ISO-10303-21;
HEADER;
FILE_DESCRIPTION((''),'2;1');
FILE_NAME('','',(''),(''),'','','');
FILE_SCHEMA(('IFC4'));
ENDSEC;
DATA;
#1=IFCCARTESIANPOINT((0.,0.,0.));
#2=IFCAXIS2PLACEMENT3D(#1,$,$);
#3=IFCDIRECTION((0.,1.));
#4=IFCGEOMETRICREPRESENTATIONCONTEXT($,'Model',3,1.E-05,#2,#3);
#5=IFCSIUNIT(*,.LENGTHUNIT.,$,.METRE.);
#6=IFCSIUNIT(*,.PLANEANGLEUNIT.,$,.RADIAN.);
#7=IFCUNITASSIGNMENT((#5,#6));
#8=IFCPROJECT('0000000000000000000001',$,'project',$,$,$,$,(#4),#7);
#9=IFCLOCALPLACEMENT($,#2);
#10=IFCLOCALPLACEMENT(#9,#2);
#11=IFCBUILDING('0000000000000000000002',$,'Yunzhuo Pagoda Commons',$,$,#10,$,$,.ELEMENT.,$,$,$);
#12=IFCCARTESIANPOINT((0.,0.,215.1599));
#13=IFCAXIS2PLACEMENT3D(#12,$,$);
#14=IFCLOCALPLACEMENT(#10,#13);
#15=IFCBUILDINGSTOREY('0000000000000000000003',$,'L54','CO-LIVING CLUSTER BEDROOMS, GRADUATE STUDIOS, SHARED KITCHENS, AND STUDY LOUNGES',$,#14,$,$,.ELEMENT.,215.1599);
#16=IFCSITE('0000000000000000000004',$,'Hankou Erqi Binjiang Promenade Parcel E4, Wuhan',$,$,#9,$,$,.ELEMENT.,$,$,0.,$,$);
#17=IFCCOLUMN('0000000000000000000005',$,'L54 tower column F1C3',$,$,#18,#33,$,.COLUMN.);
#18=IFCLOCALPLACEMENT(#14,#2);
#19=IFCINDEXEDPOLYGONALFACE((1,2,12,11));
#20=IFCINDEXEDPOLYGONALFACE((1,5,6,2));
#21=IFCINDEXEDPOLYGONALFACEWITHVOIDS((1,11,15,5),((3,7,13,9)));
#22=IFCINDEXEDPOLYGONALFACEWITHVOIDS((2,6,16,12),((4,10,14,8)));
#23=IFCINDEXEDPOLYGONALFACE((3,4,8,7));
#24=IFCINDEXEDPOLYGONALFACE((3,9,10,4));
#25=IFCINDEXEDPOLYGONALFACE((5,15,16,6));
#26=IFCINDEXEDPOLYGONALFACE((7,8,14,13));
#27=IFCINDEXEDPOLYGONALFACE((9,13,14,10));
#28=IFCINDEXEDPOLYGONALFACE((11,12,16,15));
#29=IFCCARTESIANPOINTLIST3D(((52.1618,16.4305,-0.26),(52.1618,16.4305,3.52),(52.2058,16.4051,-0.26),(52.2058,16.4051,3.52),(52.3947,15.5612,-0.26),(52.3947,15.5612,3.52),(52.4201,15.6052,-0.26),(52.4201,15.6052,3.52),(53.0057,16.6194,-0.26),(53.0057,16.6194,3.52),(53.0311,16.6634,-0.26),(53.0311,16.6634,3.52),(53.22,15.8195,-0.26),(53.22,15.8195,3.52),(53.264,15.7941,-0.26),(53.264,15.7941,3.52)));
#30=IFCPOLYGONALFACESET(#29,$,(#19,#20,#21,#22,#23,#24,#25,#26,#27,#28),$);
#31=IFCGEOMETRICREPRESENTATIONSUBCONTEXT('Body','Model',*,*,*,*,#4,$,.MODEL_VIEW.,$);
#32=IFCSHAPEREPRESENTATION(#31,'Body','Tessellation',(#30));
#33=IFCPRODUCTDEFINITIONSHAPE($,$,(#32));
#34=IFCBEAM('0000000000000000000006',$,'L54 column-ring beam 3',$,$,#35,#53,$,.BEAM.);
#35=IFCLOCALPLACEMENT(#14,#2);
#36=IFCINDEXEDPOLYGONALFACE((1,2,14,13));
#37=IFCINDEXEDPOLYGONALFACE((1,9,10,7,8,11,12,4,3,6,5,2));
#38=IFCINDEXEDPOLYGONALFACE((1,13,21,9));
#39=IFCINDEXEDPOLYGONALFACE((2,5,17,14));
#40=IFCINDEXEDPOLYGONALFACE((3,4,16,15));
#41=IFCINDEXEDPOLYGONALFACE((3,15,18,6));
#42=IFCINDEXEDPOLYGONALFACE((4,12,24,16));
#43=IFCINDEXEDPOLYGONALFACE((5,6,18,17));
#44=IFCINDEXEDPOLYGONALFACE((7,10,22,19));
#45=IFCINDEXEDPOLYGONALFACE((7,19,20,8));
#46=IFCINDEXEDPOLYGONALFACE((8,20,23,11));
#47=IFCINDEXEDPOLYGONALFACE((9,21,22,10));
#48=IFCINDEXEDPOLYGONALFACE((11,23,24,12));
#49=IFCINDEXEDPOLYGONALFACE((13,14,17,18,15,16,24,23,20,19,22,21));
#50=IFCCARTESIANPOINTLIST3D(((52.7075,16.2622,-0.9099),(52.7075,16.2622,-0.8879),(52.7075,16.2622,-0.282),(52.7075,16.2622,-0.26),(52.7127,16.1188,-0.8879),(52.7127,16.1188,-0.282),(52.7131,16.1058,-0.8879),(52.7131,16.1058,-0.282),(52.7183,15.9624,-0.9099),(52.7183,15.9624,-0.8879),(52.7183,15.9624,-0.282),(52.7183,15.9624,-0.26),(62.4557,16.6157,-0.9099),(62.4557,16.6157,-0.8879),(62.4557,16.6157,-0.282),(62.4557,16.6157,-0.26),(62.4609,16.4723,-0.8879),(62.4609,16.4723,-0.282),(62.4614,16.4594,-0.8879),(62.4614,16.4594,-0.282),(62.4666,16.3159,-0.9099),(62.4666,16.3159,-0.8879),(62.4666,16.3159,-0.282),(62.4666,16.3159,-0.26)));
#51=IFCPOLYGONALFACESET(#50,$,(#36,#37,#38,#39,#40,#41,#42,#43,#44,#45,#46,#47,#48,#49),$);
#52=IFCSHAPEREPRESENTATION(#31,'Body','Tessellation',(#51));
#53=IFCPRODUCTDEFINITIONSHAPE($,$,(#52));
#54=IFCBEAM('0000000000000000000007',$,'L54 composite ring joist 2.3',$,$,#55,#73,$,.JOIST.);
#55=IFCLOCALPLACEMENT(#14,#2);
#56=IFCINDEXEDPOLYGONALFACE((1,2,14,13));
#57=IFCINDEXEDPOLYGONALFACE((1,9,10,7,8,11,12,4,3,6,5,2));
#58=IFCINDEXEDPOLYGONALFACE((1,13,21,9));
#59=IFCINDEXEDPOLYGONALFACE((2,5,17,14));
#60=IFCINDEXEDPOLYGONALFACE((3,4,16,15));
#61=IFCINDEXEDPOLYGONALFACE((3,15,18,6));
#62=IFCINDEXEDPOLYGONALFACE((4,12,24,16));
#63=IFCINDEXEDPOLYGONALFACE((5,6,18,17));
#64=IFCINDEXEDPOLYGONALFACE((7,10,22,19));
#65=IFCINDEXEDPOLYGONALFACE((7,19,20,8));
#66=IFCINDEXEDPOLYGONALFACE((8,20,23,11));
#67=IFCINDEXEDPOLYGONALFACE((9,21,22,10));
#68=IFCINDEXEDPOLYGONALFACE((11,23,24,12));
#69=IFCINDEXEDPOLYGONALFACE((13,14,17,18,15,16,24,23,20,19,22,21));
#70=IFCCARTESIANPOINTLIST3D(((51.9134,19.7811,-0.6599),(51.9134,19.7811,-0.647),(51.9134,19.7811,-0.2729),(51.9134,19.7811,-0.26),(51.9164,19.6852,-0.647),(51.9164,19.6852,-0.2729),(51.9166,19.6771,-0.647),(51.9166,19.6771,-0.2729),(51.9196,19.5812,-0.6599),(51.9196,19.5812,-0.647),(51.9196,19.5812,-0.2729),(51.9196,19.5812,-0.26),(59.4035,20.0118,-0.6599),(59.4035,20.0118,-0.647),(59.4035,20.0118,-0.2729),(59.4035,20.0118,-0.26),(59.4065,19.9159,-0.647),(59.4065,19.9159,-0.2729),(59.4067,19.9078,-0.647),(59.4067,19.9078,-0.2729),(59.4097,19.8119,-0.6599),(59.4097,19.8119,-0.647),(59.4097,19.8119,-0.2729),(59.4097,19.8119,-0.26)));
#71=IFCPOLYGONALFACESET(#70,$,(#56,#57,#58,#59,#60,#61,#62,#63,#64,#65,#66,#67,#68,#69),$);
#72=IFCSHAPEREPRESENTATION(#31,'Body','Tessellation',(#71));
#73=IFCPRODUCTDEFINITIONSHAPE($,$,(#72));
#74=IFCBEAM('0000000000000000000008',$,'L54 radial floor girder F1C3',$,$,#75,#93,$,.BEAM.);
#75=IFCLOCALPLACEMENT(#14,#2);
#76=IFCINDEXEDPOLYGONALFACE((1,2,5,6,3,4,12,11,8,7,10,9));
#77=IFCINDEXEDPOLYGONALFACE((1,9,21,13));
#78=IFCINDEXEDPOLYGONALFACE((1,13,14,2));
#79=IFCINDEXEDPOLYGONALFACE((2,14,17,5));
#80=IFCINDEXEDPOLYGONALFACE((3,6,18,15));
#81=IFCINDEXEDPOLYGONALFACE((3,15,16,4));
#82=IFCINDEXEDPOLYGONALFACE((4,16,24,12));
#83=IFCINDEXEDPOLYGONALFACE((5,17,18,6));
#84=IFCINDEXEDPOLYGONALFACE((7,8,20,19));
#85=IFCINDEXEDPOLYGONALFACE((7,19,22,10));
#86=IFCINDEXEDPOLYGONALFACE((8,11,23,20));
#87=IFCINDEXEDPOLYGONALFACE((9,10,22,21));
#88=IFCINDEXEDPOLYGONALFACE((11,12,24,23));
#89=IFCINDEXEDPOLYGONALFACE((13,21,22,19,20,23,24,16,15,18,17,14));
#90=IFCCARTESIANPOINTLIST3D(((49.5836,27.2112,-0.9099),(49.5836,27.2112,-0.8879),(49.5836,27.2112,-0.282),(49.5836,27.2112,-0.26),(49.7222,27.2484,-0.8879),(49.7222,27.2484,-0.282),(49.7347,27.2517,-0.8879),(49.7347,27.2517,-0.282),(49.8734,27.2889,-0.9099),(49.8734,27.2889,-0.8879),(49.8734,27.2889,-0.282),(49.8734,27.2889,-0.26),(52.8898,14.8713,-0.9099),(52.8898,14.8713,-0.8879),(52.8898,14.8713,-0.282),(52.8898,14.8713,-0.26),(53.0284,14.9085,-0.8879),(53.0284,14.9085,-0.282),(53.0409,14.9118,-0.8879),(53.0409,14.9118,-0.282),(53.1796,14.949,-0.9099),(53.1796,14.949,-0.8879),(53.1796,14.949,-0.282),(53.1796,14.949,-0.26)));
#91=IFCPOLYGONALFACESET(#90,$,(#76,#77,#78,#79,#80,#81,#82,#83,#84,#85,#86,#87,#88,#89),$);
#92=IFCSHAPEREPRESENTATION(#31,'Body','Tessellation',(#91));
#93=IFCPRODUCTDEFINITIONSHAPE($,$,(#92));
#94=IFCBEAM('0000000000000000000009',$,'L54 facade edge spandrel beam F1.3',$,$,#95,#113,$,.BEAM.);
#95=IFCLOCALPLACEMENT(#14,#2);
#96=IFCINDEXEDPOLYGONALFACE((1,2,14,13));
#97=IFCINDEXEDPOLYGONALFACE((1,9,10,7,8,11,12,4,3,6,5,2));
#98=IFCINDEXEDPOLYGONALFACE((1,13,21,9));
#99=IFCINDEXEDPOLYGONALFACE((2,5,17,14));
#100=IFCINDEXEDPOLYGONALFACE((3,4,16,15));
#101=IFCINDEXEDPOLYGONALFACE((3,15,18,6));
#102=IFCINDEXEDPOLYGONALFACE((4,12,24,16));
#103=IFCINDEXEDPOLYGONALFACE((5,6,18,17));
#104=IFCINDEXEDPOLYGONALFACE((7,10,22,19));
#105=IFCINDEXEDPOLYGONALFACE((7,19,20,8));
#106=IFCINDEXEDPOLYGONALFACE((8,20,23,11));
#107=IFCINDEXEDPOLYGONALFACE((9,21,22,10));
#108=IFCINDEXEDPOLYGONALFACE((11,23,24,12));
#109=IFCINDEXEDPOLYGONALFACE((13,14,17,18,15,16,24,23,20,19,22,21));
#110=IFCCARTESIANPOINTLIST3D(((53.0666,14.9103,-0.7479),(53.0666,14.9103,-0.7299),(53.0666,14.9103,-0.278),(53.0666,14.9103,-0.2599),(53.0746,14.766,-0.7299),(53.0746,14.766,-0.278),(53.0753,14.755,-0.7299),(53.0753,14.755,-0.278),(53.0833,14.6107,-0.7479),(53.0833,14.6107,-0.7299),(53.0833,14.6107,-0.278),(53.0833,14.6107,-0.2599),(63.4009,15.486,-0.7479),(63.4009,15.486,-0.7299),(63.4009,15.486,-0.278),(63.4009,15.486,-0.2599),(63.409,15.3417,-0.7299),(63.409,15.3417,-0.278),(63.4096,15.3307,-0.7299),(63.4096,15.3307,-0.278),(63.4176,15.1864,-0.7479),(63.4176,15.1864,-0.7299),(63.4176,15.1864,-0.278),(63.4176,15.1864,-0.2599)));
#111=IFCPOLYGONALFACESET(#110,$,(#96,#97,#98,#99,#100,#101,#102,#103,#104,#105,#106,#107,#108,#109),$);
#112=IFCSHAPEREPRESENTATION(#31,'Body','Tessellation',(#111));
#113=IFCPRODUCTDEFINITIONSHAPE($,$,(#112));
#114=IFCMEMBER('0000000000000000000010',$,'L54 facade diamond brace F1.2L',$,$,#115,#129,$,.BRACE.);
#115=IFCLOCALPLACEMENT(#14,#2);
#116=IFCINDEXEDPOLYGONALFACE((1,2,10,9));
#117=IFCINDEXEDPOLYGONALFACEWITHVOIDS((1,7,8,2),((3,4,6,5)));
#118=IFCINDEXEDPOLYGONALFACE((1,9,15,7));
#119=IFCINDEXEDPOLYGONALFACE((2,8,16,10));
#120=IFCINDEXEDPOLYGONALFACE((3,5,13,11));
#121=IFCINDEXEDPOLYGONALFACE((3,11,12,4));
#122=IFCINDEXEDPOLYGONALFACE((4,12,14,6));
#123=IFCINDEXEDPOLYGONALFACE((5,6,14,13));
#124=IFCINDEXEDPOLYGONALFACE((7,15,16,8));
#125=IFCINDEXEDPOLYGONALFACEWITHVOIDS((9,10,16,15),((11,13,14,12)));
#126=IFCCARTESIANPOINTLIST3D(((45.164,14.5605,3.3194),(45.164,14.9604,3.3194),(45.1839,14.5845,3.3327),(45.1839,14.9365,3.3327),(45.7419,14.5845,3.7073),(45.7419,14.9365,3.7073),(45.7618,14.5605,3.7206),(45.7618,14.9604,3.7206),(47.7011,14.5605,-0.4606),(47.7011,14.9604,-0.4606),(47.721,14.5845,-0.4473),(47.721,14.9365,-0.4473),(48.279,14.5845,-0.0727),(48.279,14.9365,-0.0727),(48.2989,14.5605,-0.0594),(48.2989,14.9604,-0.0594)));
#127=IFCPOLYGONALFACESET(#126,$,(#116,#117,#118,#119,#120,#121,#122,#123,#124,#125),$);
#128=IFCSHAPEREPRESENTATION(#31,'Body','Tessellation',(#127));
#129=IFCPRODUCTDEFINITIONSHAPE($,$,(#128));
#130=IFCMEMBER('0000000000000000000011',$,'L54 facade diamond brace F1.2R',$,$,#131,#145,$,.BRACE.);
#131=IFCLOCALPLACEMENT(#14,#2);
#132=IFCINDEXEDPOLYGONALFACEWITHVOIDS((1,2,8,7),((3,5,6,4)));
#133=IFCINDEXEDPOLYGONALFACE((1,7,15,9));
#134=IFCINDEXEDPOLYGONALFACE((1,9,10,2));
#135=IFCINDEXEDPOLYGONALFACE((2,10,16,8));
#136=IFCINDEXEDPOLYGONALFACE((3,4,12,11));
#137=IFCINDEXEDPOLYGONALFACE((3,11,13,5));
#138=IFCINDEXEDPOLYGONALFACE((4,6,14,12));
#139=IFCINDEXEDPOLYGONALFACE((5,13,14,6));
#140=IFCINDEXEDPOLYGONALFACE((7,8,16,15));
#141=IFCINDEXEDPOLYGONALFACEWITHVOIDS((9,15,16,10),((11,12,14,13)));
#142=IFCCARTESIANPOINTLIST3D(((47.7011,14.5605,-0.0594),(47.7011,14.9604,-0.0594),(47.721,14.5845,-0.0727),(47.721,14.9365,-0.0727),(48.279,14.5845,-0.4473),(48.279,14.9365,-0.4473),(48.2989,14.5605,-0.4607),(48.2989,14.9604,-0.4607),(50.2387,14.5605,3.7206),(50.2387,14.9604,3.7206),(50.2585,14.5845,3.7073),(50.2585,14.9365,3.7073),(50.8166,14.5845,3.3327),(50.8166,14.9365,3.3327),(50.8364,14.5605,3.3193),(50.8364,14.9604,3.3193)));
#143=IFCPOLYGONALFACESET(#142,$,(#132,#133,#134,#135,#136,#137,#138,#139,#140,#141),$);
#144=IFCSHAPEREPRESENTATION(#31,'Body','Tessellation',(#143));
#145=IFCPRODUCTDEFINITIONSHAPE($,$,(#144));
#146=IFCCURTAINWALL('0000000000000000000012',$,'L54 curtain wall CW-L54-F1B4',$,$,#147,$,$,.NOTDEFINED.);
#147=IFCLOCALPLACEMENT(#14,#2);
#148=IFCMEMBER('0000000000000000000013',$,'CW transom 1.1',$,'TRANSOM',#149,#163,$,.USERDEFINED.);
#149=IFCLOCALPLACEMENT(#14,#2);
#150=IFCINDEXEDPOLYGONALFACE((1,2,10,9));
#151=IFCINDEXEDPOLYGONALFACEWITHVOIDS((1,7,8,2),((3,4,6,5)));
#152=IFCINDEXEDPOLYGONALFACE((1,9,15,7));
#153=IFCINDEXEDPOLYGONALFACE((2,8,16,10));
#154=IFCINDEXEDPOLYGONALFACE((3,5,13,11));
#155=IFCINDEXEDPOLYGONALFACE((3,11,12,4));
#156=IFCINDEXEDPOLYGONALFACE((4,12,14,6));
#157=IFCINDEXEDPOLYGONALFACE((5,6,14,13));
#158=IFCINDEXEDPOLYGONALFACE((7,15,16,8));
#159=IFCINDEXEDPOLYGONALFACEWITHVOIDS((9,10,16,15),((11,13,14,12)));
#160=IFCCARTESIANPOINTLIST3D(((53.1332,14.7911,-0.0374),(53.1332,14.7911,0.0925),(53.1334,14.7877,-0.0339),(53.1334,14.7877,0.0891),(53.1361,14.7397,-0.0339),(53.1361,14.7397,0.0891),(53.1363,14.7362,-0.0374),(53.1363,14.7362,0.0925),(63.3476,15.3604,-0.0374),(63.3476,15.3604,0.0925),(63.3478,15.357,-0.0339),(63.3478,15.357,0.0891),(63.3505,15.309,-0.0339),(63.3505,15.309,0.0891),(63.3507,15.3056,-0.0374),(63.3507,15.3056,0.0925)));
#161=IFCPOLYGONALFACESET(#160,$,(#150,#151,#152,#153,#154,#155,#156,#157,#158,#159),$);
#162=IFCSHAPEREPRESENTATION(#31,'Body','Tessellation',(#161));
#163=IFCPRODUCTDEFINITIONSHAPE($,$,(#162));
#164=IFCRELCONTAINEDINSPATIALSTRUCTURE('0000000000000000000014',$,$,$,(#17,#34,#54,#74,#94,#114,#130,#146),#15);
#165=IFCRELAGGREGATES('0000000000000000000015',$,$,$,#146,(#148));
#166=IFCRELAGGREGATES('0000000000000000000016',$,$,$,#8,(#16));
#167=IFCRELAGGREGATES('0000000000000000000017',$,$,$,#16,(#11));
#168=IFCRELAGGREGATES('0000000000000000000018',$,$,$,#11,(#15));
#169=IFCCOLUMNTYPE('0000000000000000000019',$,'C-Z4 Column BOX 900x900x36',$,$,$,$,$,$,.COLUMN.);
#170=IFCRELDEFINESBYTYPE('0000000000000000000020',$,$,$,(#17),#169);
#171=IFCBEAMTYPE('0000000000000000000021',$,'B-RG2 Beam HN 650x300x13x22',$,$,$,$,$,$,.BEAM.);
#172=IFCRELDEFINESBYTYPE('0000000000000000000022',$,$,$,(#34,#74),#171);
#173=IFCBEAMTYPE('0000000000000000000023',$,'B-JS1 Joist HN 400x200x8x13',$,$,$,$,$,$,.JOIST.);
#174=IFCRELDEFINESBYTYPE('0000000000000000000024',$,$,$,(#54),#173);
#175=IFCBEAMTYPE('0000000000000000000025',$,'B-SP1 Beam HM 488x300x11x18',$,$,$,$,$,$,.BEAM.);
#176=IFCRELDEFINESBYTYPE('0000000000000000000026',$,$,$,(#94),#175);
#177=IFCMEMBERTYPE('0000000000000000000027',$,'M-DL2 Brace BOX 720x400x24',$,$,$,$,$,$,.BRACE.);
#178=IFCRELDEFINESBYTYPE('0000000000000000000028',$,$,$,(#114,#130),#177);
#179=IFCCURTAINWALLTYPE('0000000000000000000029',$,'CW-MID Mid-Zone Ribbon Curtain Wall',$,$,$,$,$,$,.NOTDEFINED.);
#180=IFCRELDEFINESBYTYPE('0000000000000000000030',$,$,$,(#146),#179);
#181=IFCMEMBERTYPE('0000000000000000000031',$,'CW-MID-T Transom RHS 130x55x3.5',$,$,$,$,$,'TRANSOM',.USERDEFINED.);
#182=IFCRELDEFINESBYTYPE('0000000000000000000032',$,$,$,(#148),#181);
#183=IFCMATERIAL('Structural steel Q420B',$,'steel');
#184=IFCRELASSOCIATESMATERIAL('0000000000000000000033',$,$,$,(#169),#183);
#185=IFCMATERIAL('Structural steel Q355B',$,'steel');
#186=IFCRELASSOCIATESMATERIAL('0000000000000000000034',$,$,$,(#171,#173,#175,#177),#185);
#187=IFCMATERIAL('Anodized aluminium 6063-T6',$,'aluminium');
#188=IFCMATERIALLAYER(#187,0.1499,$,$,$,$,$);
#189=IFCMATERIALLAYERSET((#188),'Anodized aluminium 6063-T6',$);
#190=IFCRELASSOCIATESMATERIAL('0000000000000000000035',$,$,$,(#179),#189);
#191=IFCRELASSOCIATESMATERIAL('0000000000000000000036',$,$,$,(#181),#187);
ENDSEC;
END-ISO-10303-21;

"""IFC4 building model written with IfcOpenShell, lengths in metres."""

from ifc_helpers import new_model, si_unit, direction, frame, origin, origin_2d, place, context, subcontext, project, spatial, hollow_rectangle, i_section, extrude, source, transform, mapped, material, layer, layer_set, material_profile, profile_set, type_object, element, aggregate, save


model = new_model("IFC4")

# Units and contexts
model_context = context("Model", 3, precision=1e-05, world=origin(), true_north=direction((0.0, 1.0)))
body_context = subcontext(model_context, "Body", "Model", "MODEL_VIEW")
ifc_project = project(units=[si_unit("LENGTHUNIT", "METRE"), si_unit("PLANEANGLEUNIT", "RADIAN")], contexts=[model_context])

# Site, building, storey
site_placement = place(None, origin())
site = spatial("IfcSite", under=ifc_project, at=site_placement, Name="Hankou Erqi Binjiang Promenade Parcel E4, Wuhan", CompositionType="ELEMENT", RefElevation=0.0)
building_placement = place(site_placement, origin())
building = spatial("IfcBuilding", under=site, at=building_placement, Name="Yunzhuo Pagoda Commons", CompositionType="ELEMENT")
storey_placement = place(building_placement, frame((0.0, 0.0, 215.1599)))
storey = spatial("IfcBuildingStorey", under=building, at=storey_placement, Name="L54", Description="CO-LIVING CLUSTER BEDROOMS, GRADUATE STUDIOS, SHARED KITCHENS, AND STUDY LOUNGES", CompositionType="ELEMENT", Elevation=215.1599)

# Column
ifc_material_1 = material(Name="Structural steel Q420B", Category="steel")
ifc_material_profile_1 = material_profile(ifc_material_1, hollow_rectangle(XDim=0.8999, YDim=0.8999, WallThickness=0.0359, at=origin_2d()), Name="Structural steel Q420B")
ifc_profile_set_1 = profile_set([ifc_material_profile_1], Name="Structural steel Q420B")
column_type = type_object("IfcColumnType", Name="C-Z4 Column BOX 900x900x36", PredefinedType="COLUMN", material=ifc_profile_set_1)
shared_shape_1 = source(origin(), body_context, "Body", "SweptSolid", [
    extrude(hollow_rectangle(XDim=0.8999, YDim=0.8999, WallThickness=0.0359, at=origin_2d()), origin(), (0.0, 0.0, 1.0), 3.78),
])
column_placement = place(storey_placement, frame((52.7129, 16.1123, -0.26), z_axis=(0.0, 0.0, 1.0), x_axis=(0.965926, 0.258819, 0.0)))
element("IfcColumn", 1, at=column_placement, inside=storey, type_object=column_type, Name="L54 tower column F1C3", PredefinedType="COLUMN", context=body_context, shape_type="MappedRepresentation", body=[
    mapped(shared_shape_1, transform((0.0, 0.0, 0.0), scale=1.0)),
])

# Beams
ifc_material_2 = material(Name="Structural steel Q355B", Category="steel")
ifc_material_profile_2 = material_profile(ifc_material_2, i_section(OverallWidth=0.3, OverallDepth=0.6499, WebThickness=0.0129, FlangeThickness=0.022, at=origin_2d()), Name="Structural steel Q355B")
ifc_profile_set_2 = profile_set([ifc_material_profile_2], Name="Structural steel Q355B")
beam_type_1 = type_object("IfcBeamType", Name="B-RG2 Beam HN 650x300x13x22", PredefinedType="BEAM", material=ifc_profile_set_2)
shared_shape_2 = source(origin(), body_context, "Body", "SweptSolid", [
    extrude(i_section(OverallWidth=0.3, OverallDepth=0.6499, WebThickness=0.0129, FlangeThickness=0.022, at=origin_2d()), origin(), (0.0, 0.0, 1.0), 9.7546),
])
beam_1_placement = place(storey_placement, frame((52.7129, 16.1123, -0.585), z_axis=(0.999343, 0.036241, 0.0), x_axis=(-0.036241, 0.999343, 0.0)))
element("IfcBeam", 2, at=beam_1_placement, inside=storey, type_object=beam_type_1, Name="L54 column-ring beam 3", PredefinedType="BEAM", context=body_context, shape_type="MappedRepresentation", body=[
    mapped(shared_shape_2, transform((0.0, 0.0, 0.0), scale=1.0)),
])
ifc_material_profile_3 = material_profile(ifc_material_2, i_section(OverallWidth=0.2, OverallDepth=0.3999, WebThickness=0.0081, FlangeThickness=0.0129, at=origin_2d()), Name="Structural steel Q355B")
ifc_profile_set_3 = profile_set([ifc_material_profile_3], Name="Structural steel Q355B")
beam_type_2 = type_object("IfcBeamType", Name="B-JS1 Joist HN 400x200x8x13", PredefinedType="JOIST", material=ifc_profile_set_3)
shared_shape_3 = source(origin(), body_context, "Body", "SweptSolid", [
    extrude(i_section(OverallWidth=0.2, OverallDepth=0.3999, WebThickness=0.0081, FlangeThickness=0.0129, at=origin_2d()), origin(), (0.0, 0.0, 1.0), 7.4937),
])
beam_2_placement = place(storey_placement, frame((51.9165, 19.6812, -0.46), z_axis=(0.999526, 0.030788, 0.0), x_axis=(-0.030788, 0.999526, 0.0)))
element("IfcBeam", 3, at=beam_2_placement, inside=storey, type_object=beam_type_2, Name="L54 composite ring joist 2.3", PredefinedType="JOIST", context=body_context, shape_type="MappedRepresentation", body=[
    mapped(shared_shape_3, transform((0.0, 0.0, 0.0), scale=1.0)),
])
shared_shape_4 = source(origin(), body_context, "Body", "SweptSolid", [
    extrude(i_section(OverallWidth=0.3, OverallDepth=0.6499, WebThickness=0.0129, FlangeThickness=0.022, at=origin_2d()), origin(), (0.0, 0.0, 1.0), 12.7751),
])
beam_3_placement = place(storey_placement, frame((53.0347, 14.9102, -0.585), z_axis=(-0.258797, 0.965932, 0.0), x_axis=(-0.965932, -0.258797, 0.0)))
element("IfcBeam", 4, at=beam_3_placement, inside=storey, type_object=beam_type_1, Name="L54 radial floor girder F1C3", PredefinedType="BEAM", context=body_context, shape_type="MappedRepresentation", body=[
    mapped(shared_shape_4, transform((0.0, 0.0, 0.0), scale=1.0)),
])
ifc_material_profile_4 = material_profile(ifc_material_2, i_section(OverallWidth=0.3, OverallDepth=0.488, WebThickness=0.011, FlangeThickness=0.0181, at=origin_2d()), Name="Structural steel Q355B")
ifc_profile_set_4 = profile_set([ifc_material_profile_4], Name="Structural steel Q355B")
beam_type_3 = type_object("IfcBeamType", Name="B-SP1 Beam HM 488x300x11x18", PredefinedType="BEAM", material=ifc_profile_set_4)
shared_shape_5 = source(origin(), body_context, "Body", "SweptSolid", [
    extrude(i_section(OverallWidth=0.3, OverallDepth=0.488, WebThickness=0.011, FlangeThickness=0.0181, at=origin_2d()), origin(), (0.0, 0.0, 1.0), 10.3503),
])
beam_4_placement = place(storey_placement, frame((53.075, 14.7605, -0.5039), z_axis=(0.998452, 0.05562, 0.0), x_axis=(-0.05562, 0.998452, 0.0)))
element("IfcBeam", 5, at=beam_4_placement, inside=storey, type_object=beam_type_3, Name="L54 facade edge spandrel beam F1.3", PredefinedType="BEAM", context=body_context, shape_type="MappedRepresentation", body=[
    mapped(shared_shape_5, transform((0.0, 0.0, 0.0), scale=1.0)),
])

# Members
ifc_material_profile_5 = material_profile(ifc_material_2, hollow_rectangle(XDim=0.3999, YDim=0.72, WallThickness=0.0239, at=origin_2d()), Name="Structural steel Q355B")
ifc_profile_set_5 = profile_set([ifc_material_profile_5], Name="Structural steel Q355B")
member_type_1 = type_object("IfcMemberType", Name="M-DL2 Brace BOX 720x400x24", PredefinedType="BRACE", material=ifc_profile_set_5)
shared_shape_6 = source(origin(), body_context, "Body", "SweptSolid", [
    extrude(hollow_rectangle(XDim=0.3999, YDim=0.72, WallThickness=0.0239, at=origin_2d()), origin(), (0.0, 0.0, 1.0), 4.5525),
])
member_1_placement = place(storey_placement, frame((48.0, 14.7605, -0.26), z_axis=(-0.557296, 0.0, 0.830314), x_axis=(0.0, -1.0, 0.0)))
element("IfcMember", 6, at=member_1_placement, inside=storey, type_object=member_type_1, Name="L54 facade diamond brace F1.2L", PredefinedType="BRACE", context=body_context, shape_type="MappedRepresentation", body=[
    mapped(shared_shape_6, transform((0.0, 0.0, 0.0), scale=1.0)),
])
shared_shape_7 = source(origin(), body_context, "Body", "SweptSolid", [
    extrude(hollow_rectangle(XDim=0.3999, YDim=0.72, WallThickness=0.0239, at=origin_2d()), origin(), (0.0, 0.0, 1.0), 4.5527),
])
member_2_placement = place(storey_placement, frame((48.0, 14.7605, -0.26), z_axis=(0.55737, 0.0, 0.830264), x_axis=(0.0, 1.0, 0.0)))
element("IfcMember", 7, at=member_2_placement, inside=storey, type_object=member_type_1, Name="L54 facade diamond brace F1.2R", PredefinedType="BRACE", context=body_context, shape_type="MappedRepresentation", body=[
    mapped(shared_shape_7, transform((0.0, 0.0, 0.0), scale=1.0)),
])

# Curtain wall, member
ifc_material_3 = material(Name="Anodized aluminium 6063-T6", Category="aluminium")
ifc_layer_1 = layer(ifc_material_3, 0.1499)
ifc_layer_set_1 = layer_set([ifc_layer_1], Name="Anodized aluminium 6063-T6")
curtain_wall_type = type_object("IfcCurtainWallType", Name="CW-MID Mid-Zone Ribbon Curtain Wall", PredefinedType="NOTDEFINED", material=ifc_layer_set_1)
curtain_wall_1_placement = place(storey_placement, origin())
curtain_wall_1 = element("IfcCurtainWall", 8, at=curtain_wall_1_placement, inside=storey, type_object=curtain_wall_type, Name="L54 curtain wall CW-L54-F1B4", PredefinedType="NOTDEFINED")
ifc_material_profile_6 = material_profile(ifc_material_3, hollow_rectangle(XDim=0.0549, YDim=0.1299, WallThickness=0.0034, at=origin_2d()), Name="Anodized aluminium 6063-T6")
ifc_profile_set_6 = profile_set([ifc_material_profile_6], Name="Anodized aluminium 6063-T6")
member_type_2 = type_object("IfcMemberType", Name="CW-MID-T Transom RHS 130x55x3.5", ElementType="TRANSOM", PredefinedType="USERDEFINED", material=ifc_profile_set_6)
shared_shape_8 = source(origin(), body_context, "Body", "SweptSolid", [
    extrude(hollow_rectangle(XDim=0.0549, YDim=0.1299, WallThickness=0.0034, at=origin_2d()), origin(), (0.0, 0.0, 1.0), 10.2302),
])
member_3_placement = place(storey_placement, frame((53.1348, 14.7637, 0.0276), z_axis=(0.99845, 0.055652, 0.0), x_axis=(-0.055652, 0.99845, 0.0)))
member_3 = element("IfcMember", 9, at=member_3_placement, type_object=member_type_2, Name="CW transom 1.1", ObjectType="TRANSOM", PredefinedType="USERDEFINED", context=body_context, shape_type="MappedRepresentation", body=[
    mapped(shared_shape_8, transform((0.0, 0.0, 0.0), scale=1.0)),
])

aggregate(curtain_wall_1, [member_3])

save(model, "model.ifc")
